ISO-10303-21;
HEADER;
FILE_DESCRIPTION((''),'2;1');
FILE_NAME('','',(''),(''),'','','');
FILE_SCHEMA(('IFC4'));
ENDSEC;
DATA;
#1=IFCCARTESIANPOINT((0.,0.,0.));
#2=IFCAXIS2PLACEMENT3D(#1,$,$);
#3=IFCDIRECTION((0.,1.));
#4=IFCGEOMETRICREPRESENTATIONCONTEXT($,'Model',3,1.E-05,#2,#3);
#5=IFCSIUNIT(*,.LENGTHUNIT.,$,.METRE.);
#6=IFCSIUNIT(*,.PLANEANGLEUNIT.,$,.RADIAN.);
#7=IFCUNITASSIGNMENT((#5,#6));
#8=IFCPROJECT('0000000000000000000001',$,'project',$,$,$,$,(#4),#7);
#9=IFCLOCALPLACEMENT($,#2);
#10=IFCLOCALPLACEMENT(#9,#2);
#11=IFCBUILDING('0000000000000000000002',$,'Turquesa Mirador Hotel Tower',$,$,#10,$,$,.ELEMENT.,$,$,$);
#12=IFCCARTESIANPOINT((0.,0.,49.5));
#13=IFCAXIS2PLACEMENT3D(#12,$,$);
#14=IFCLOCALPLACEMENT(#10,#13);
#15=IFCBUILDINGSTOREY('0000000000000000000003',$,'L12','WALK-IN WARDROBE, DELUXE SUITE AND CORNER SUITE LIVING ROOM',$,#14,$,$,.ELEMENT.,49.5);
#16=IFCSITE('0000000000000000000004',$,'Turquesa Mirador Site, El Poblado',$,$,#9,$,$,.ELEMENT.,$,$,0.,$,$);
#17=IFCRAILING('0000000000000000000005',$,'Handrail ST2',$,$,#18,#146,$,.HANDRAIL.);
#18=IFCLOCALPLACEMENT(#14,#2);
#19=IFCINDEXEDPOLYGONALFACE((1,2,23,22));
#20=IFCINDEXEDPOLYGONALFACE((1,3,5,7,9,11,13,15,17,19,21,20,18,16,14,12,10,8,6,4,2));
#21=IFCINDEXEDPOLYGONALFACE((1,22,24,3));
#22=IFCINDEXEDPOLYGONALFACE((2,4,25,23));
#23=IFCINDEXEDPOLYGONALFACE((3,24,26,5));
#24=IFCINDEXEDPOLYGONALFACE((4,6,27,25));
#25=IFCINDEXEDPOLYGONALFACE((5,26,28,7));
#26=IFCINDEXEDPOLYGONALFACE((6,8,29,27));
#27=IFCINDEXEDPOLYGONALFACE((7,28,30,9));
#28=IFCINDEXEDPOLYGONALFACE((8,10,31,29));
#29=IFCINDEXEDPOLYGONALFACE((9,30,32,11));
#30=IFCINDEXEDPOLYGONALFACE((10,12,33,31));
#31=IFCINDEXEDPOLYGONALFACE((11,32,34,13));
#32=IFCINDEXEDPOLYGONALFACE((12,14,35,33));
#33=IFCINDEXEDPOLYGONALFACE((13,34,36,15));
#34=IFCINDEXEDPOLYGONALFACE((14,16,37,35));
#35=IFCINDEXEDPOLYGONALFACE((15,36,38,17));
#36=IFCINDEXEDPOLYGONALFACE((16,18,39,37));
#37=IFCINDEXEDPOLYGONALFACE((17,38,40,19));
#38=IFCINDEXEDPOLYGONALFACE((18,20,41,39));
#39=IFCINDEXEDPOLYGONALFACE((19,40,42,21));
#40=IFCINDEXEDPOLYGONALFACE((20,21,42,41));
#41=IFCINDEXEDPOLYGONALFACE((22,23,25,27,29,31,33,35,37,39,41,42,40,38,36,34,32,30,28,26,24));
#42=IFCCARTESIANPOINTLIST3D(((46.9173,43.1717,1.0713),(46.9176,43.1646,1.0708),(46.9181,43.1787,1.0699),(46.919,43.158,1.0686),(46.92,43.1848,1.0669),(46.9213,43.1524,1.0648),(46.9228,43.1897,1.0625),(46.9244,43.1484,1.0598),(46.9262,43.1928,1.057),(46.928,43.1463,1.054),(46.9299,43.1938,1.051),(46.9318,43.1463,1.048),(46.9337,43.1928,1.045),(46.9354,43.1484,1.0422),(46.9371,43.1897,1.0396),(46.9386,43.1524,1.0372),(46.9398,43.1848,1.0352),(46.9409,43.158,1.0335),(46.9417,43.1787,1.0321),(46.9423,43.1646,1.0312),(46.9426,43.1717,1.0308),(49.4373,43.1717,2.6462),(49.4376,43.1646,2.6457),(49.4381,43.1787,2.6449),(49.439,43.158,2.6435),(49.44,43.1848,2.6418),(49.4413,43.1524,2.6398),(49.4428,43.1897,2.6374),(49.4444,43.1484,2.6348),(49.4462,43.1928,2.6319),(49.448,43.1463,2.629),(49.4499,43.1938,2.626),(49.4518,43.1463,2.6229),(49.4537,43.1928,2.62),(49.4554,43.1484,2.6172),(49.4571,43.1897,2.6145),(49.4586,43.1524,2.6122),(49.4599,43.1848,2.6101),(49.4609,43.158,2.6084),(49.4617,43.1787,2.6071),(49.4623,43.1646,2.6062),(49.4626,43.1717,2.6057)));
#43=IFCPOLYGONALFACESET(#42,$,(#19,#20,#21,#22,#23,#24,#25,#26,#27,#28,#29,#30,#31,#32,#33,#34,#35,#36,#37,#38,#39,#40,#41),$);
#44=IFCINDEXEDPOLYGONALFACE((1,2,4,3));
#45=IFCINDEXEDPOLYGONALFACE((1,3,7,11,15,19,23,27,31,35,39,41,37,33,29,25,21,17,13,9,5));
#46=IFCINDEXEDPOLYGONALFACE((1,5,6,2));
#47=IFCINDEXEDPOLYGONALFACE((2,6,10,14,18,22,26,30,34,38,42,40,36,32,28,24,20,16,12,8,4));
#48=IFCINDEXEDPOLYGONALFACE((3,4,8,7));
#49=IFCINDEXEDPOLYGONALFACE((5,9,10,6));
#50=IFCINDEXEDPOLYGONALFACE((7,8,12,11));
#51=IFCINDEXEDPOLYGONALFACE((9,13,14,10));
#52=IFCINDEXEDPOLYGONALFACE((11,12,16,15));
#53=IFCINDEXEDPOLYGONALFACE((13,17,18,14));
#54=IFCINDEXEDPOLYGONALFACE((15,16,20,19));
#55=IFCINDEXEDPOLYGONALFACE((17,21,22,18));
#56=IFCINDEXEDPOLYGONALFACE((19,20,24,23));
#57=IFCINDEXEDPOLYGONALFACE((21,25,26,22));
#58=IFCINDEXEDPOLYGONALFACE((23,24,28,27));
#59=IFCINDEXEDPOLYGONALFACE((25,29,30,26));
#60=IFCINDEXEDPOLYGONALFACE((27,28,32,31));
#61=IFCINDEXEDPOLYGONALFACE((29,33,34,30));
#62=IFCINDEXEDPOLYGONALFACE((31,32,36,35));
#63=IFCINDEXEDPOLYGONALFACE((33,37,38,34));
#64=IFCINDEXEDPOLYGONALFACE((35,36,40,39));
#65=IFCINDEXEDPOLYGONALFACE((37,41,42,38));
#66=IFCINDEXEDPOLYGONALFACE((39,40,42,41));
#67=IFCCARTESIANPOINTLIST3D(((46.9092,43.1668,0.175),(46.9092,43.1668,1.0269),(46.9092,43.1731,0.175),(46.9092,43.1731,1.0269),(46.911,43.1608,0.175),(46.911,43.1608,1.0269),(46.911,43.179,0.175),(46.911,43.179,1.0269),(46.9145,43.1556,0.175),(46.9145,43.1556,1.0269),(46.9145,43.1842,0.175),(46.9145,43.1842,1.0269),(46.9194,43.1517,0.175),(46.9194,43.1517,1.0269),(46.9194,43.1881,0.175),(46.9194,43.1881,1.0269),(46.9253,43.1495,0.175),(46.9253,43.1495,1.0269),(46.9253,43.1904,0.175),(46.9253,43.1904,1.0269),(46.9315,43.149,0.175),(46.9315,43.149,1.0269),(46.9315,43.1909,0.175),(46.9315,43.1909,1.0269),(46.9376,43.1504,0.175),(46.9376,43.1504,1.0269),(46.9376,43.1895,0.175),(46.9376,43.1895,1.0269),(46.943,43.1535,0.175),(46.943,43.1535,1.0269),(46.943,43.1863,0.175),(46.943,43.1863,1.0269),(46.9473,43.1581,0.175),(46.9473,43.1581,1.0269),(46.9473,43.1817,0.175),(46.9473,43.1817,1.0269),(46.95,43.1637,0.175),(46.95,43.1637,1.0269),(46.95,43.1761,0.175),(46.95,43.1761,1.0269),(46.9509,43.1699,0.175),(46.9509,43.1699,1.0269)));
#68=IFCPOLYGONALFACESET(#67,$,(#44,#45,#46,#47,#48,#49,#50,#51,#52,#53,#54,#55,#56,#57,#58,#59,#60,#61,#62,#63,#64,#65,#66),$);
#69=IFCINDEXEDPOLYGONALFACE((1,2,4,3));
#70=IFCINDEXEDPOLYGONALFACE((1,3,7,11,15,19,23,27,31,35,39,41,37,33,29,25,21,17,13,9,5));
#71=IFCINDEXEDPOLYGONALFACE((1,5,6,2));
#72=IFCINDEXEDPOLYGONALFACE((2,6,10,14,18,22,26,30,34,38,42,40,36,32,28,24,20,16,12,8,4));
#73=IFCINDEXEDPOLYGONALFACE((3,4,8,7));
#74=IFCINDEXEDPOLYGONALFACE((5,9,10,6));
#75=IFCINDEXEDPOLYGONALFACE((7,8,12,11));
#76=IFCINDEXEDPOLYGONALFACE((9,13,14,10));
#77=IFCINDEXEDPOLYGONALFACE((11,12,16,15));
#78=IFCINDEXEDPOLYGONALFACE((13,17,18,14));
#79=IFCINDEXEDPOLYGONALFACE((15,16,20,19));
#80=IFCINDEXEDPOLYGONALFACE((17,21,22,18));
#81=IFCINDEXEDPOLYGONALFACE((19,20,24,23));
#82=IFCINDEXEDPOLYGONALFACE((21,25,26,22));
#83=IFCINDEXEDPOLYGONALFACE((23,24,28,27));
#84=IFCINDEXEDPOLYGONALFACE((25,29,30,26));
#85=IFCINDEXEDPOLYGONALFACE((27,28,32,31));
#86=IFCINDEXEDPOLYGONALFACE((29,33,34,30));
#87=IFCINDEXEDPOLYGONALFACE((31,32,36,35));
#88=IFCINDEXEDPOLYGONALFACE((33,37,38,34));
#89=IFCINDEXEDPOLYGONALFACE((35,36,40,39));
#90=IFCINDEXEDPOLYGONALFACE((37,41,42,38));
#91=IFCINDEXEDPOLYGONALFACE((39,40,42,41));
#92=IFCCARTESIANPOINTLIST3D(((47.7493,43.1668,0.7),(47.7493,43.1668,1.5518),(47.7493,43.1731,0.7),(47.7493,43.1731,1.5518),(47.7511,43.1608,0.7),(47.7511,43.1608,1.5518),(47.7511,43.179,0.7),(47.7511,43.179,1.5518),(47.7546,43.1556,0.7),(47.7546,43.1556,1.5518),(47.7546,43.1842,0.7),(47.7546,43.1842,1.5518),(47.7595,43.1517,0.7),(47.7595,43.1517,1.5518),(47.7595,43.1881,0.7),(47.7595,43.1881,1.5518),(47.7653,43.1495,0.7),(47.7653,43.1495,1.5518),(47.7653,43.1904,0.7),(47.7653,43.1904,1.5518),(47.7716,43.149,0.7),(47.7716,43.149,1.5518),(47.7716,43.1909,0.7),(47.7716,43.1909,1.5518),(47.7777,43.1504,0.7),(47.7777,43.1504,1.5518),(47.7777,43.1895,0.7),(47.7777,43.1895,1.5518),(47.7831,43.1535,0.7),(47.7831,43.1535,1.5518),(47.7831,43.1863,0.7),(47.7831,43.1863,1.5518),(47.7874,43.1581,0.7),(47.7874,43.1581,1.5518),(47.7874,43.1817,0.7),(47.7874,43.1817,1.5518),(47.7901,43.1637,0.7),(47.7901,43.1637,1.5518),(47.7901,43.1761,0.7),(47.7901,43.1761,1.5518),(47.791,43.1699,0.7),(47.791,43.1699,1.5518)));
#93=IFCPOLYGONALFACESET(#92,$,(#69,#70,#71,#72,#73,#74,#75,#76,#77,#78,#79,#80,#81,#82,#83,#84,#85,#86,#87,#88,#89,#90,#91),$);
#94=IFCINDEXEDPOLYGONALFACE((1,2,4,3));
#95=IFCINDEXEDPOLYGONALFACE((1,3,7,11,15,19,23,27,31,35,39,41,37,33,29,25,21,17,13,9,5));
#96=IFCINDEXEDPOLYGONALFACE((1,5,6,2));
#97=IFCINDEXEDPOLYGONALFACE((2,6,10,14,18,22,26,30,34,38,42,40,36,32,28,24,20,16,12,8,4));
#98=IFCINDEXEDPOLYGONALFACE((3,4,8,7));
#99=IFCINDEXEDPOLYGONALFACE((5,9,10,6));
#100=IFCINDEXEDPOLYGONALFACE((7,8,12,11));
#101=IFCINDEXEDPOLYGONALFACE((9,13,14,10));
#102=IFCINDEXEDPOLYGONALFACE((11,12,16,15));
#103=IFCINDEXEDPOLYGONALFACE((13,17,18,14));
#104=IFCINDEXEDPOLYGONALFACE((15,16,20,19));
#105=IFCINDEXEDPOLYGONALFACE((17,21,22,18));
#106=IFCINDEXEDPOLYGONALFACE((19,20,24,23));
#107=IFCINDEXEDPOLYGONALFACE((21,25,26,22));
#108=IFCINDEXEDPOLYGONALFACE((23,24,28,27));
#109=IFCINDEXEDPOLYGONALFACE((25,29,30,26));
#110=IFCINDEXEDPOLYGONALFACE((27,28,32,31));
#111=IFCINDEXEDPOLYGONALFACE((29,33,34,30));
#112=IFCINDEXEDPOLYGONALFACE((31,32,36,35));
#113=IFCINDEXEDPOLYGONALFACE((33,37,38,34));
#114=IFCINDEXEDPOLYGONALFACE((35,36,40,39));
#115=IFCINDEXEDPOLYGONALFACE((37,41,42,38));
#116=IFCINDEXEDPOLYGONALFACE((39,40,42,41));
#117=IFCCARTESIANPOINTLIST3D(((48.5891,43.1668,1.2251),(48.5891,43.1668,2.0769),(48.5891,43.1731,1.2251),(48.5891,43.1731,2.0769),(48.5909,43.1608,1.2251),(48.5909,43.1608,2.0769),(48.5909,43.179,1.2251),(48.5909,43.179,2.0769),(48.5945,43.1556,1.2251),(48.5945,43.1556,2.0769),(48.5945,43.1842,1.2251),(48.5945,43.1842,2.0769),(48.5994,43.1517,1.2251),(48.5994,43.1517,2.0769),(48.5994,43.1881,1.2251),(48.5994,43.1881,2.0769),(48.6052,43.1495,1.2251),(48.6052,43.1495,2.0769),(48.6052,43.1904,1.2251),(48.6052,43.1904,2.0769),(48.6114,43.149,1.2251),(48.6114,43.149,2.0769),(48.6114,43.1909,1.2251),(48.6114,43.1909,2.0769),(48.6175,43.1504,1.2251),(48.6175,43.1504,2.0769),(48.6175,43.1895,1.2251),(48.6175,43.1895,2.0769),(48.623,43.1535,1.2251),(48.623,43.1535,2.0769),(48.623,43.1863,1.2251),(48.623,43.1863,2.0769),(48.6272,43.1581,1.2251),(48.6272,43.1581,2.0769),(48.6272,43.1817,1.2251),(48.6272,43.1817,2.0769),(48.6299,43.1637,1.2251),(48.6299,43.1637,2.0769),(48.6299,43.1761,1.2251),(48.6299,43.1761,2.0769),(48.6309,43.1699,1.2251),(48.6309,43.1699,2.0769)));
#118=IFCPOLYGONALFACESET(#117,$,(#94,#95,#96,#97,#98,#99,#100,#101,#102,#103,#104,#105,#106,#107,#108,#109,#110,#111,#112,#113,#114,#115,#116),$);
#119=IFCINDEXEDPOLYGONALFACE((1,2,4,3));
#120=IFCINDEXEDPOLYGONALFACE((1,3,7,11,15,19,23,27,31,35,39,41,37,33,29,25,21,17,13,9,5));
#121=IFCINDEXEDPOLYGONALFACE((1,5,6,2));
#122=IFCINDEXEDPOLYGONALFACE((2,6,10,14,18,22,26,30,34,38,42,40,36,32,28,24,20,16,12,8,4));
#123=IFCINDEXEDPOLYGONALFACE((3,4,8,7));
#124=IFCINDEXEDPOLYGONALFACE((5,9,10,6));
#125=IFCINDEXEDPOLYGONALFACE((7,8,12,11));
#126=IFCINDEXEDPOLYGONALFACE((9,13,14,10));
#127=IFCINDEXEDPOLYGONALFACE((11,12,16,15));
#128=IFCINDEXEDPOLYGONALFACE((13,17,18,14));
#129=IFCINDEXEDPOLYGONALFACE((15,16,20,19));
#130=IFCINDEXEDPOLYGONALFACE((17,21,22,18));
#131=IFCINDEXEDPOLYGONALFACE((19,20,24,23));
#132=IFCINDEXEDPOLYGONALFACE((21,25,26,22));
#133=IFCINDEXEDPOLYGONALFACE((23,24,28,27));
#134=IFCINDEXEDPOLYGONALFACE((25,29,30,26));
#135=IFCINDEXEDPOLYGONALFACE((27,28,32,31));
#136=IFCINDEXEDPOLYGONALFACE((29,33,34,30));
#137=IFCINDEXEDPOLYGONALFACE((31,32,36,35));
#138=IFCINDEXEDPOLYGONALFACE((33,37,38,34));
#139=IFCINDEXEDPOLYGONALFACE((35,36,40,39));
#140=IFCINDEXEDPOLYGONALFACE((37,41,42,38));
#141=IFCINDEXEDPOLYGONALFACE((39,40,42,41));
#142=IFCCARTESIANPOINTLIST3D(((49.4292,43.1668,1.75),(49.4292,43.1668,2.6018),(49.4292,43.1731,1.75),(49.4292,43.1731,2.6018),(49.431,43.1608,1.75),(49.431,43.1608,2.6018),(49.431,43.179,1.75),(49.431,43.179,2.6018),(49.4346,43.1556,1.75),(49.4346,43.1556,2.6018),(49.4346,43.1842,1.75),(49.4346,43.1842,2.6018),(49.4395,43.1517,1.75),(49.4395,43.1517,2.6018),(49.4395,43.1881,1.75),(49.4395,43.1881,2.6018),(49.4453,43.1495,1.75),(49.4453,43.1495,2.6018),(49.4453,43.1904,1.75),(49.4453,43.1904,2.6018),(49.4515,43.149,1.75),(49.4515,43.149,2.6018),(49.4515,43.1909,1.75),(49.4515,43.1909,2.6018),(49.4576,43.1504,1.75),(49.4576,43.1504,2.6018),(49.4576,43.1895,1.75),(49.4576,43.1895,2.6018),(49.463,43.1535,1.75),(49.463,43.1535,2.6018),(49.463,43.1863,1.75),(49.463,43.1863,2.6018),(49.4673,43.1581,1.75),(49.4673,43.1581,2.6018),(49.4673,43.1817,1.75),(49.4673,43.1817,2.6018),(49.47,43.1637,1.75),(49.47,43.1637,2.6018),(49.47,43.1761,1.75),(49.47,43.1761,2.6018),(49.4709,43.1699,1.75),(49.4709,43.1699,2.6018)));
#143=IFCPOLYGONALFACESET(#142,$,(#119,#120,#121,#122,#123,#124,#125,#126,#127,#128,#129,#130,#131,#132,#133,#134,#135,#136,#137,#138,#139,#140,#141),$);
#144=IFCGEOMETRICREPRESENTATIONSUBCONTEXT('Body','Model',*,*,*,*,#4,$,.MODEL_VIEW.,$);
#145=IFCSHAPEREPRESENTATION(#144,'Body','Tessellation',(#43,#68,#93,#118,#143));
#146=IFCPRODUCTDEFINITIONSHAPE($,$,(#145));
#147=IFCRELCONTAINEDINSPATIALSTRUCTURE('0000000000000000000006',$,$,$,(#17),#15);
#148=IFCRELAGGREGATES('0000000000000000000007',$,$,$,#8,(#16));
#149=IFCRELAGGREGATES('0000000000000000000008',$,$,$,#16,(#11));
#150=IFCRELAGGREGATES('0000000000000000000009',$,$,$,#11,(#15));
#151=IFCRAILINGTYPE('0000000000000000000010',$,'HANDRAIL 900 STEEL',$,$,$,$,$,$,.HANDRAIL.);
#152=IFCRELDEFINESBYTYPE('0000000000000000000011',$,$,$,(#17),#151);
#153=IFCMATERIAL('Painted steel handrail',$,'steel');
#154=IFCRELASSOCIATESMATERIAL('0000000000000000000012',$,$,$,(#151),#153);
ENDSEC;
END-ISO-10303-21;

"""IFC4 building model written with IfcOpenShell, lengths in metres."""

from ifc_helpers import new_model, si_unit, direction, frame, origin, origin_2d, place, context, subcontext, project, spatial, circle, extrude, material, type_object, element, save


model = new_model("IFC4")

# Units and contexts
model_context = context("Model", 3, precision=1e-05, world=origin(), true_north=direction((0.0, 1.0)))
body_context = subcontext(model_context, "Body", "Model", "MODEL_VIEW")
ifc_project = project(units=[si_unit("LENGTHUNIT", "METRE"), si_unit("PLANEANGLEUNIT", "RADIAN")], contexts=[model_context])

# Site, building, storey
site_placement = place(None, origin())
site = spatial("IfcSite", under=ifc_project, at=site_placement, Name="Turquesa Mirador Site, El Poblado", CompositionType="ELEMENT", RefElevation=0.0)
building_placement = place(site_placement, origin())
building = spatial("IfcBuilding", under=site, at=building_placement, Name="Turquesa Mirador Hotel Tower", CompositionType="ELEMENT")
storey_placement = place(building_placement, frame((0.0, 0.0, 49.5)))
storey = spatial("IfcBuildingStorey", under=building, at=storey_placement, Name="L12", Description="WALK-IN WARDROBE, DELUXE SUITE AND CORNER SUITE LIVING ROOM", CompositionType="ELEMENT", Elevation=49.5)

# Railing
ifc_material_1 = material(Name="Painted steel handrail", Category="steel")
railing_type = type_object("IfcRailingType", Name="HANDRAIL 900 STEEL", PredefinedType="HANDRAIL", material=ifc_material_1)
railing_placement = place(storey_placement, frame((46.9299, 43.1699, 0.175)))
element("IfcRailing", 1, at=railing_placement, inside=storey, type_object=railing_type, Name="Handrail ST2", PredefinedType="HANDRAIL", context=body_context, shape_type="SweptSolid", body=[
    extrude(circle(Radius=0.0239, at=origin_2d()), frame((0.0, 0.0, 0.876), z_axis=(0.848008, 0.0, 0.529984), x_axis=(0.0, 1.0, 0.0)), (0.0, 0.0, 1.0), 2.9717),
    extrude(circle(Radius=0.021, at=origin_2d()), origin(), (0.0, 0.0, 1.0), 0.8518),
    extrude(circle(Radius=0.021, at=origin_2d()), frame((0.8401, 0.0, 0.5249)), (0.0, 0.0, 1.0), 0.8518),
    extrude(circle(Radius=0.021, at=origin_2d()), frame((1.6799, 0.0, 1.05)), (0.0, 0.0, 1.0), 0.8518),
    extrude(circle(Radius=0.021, at=origin_2d()), frame((2.52, 0.0, 1.575)), (0.0, 0.0, 1.0), 0.8518),
])

save(model, "model.ifc")
